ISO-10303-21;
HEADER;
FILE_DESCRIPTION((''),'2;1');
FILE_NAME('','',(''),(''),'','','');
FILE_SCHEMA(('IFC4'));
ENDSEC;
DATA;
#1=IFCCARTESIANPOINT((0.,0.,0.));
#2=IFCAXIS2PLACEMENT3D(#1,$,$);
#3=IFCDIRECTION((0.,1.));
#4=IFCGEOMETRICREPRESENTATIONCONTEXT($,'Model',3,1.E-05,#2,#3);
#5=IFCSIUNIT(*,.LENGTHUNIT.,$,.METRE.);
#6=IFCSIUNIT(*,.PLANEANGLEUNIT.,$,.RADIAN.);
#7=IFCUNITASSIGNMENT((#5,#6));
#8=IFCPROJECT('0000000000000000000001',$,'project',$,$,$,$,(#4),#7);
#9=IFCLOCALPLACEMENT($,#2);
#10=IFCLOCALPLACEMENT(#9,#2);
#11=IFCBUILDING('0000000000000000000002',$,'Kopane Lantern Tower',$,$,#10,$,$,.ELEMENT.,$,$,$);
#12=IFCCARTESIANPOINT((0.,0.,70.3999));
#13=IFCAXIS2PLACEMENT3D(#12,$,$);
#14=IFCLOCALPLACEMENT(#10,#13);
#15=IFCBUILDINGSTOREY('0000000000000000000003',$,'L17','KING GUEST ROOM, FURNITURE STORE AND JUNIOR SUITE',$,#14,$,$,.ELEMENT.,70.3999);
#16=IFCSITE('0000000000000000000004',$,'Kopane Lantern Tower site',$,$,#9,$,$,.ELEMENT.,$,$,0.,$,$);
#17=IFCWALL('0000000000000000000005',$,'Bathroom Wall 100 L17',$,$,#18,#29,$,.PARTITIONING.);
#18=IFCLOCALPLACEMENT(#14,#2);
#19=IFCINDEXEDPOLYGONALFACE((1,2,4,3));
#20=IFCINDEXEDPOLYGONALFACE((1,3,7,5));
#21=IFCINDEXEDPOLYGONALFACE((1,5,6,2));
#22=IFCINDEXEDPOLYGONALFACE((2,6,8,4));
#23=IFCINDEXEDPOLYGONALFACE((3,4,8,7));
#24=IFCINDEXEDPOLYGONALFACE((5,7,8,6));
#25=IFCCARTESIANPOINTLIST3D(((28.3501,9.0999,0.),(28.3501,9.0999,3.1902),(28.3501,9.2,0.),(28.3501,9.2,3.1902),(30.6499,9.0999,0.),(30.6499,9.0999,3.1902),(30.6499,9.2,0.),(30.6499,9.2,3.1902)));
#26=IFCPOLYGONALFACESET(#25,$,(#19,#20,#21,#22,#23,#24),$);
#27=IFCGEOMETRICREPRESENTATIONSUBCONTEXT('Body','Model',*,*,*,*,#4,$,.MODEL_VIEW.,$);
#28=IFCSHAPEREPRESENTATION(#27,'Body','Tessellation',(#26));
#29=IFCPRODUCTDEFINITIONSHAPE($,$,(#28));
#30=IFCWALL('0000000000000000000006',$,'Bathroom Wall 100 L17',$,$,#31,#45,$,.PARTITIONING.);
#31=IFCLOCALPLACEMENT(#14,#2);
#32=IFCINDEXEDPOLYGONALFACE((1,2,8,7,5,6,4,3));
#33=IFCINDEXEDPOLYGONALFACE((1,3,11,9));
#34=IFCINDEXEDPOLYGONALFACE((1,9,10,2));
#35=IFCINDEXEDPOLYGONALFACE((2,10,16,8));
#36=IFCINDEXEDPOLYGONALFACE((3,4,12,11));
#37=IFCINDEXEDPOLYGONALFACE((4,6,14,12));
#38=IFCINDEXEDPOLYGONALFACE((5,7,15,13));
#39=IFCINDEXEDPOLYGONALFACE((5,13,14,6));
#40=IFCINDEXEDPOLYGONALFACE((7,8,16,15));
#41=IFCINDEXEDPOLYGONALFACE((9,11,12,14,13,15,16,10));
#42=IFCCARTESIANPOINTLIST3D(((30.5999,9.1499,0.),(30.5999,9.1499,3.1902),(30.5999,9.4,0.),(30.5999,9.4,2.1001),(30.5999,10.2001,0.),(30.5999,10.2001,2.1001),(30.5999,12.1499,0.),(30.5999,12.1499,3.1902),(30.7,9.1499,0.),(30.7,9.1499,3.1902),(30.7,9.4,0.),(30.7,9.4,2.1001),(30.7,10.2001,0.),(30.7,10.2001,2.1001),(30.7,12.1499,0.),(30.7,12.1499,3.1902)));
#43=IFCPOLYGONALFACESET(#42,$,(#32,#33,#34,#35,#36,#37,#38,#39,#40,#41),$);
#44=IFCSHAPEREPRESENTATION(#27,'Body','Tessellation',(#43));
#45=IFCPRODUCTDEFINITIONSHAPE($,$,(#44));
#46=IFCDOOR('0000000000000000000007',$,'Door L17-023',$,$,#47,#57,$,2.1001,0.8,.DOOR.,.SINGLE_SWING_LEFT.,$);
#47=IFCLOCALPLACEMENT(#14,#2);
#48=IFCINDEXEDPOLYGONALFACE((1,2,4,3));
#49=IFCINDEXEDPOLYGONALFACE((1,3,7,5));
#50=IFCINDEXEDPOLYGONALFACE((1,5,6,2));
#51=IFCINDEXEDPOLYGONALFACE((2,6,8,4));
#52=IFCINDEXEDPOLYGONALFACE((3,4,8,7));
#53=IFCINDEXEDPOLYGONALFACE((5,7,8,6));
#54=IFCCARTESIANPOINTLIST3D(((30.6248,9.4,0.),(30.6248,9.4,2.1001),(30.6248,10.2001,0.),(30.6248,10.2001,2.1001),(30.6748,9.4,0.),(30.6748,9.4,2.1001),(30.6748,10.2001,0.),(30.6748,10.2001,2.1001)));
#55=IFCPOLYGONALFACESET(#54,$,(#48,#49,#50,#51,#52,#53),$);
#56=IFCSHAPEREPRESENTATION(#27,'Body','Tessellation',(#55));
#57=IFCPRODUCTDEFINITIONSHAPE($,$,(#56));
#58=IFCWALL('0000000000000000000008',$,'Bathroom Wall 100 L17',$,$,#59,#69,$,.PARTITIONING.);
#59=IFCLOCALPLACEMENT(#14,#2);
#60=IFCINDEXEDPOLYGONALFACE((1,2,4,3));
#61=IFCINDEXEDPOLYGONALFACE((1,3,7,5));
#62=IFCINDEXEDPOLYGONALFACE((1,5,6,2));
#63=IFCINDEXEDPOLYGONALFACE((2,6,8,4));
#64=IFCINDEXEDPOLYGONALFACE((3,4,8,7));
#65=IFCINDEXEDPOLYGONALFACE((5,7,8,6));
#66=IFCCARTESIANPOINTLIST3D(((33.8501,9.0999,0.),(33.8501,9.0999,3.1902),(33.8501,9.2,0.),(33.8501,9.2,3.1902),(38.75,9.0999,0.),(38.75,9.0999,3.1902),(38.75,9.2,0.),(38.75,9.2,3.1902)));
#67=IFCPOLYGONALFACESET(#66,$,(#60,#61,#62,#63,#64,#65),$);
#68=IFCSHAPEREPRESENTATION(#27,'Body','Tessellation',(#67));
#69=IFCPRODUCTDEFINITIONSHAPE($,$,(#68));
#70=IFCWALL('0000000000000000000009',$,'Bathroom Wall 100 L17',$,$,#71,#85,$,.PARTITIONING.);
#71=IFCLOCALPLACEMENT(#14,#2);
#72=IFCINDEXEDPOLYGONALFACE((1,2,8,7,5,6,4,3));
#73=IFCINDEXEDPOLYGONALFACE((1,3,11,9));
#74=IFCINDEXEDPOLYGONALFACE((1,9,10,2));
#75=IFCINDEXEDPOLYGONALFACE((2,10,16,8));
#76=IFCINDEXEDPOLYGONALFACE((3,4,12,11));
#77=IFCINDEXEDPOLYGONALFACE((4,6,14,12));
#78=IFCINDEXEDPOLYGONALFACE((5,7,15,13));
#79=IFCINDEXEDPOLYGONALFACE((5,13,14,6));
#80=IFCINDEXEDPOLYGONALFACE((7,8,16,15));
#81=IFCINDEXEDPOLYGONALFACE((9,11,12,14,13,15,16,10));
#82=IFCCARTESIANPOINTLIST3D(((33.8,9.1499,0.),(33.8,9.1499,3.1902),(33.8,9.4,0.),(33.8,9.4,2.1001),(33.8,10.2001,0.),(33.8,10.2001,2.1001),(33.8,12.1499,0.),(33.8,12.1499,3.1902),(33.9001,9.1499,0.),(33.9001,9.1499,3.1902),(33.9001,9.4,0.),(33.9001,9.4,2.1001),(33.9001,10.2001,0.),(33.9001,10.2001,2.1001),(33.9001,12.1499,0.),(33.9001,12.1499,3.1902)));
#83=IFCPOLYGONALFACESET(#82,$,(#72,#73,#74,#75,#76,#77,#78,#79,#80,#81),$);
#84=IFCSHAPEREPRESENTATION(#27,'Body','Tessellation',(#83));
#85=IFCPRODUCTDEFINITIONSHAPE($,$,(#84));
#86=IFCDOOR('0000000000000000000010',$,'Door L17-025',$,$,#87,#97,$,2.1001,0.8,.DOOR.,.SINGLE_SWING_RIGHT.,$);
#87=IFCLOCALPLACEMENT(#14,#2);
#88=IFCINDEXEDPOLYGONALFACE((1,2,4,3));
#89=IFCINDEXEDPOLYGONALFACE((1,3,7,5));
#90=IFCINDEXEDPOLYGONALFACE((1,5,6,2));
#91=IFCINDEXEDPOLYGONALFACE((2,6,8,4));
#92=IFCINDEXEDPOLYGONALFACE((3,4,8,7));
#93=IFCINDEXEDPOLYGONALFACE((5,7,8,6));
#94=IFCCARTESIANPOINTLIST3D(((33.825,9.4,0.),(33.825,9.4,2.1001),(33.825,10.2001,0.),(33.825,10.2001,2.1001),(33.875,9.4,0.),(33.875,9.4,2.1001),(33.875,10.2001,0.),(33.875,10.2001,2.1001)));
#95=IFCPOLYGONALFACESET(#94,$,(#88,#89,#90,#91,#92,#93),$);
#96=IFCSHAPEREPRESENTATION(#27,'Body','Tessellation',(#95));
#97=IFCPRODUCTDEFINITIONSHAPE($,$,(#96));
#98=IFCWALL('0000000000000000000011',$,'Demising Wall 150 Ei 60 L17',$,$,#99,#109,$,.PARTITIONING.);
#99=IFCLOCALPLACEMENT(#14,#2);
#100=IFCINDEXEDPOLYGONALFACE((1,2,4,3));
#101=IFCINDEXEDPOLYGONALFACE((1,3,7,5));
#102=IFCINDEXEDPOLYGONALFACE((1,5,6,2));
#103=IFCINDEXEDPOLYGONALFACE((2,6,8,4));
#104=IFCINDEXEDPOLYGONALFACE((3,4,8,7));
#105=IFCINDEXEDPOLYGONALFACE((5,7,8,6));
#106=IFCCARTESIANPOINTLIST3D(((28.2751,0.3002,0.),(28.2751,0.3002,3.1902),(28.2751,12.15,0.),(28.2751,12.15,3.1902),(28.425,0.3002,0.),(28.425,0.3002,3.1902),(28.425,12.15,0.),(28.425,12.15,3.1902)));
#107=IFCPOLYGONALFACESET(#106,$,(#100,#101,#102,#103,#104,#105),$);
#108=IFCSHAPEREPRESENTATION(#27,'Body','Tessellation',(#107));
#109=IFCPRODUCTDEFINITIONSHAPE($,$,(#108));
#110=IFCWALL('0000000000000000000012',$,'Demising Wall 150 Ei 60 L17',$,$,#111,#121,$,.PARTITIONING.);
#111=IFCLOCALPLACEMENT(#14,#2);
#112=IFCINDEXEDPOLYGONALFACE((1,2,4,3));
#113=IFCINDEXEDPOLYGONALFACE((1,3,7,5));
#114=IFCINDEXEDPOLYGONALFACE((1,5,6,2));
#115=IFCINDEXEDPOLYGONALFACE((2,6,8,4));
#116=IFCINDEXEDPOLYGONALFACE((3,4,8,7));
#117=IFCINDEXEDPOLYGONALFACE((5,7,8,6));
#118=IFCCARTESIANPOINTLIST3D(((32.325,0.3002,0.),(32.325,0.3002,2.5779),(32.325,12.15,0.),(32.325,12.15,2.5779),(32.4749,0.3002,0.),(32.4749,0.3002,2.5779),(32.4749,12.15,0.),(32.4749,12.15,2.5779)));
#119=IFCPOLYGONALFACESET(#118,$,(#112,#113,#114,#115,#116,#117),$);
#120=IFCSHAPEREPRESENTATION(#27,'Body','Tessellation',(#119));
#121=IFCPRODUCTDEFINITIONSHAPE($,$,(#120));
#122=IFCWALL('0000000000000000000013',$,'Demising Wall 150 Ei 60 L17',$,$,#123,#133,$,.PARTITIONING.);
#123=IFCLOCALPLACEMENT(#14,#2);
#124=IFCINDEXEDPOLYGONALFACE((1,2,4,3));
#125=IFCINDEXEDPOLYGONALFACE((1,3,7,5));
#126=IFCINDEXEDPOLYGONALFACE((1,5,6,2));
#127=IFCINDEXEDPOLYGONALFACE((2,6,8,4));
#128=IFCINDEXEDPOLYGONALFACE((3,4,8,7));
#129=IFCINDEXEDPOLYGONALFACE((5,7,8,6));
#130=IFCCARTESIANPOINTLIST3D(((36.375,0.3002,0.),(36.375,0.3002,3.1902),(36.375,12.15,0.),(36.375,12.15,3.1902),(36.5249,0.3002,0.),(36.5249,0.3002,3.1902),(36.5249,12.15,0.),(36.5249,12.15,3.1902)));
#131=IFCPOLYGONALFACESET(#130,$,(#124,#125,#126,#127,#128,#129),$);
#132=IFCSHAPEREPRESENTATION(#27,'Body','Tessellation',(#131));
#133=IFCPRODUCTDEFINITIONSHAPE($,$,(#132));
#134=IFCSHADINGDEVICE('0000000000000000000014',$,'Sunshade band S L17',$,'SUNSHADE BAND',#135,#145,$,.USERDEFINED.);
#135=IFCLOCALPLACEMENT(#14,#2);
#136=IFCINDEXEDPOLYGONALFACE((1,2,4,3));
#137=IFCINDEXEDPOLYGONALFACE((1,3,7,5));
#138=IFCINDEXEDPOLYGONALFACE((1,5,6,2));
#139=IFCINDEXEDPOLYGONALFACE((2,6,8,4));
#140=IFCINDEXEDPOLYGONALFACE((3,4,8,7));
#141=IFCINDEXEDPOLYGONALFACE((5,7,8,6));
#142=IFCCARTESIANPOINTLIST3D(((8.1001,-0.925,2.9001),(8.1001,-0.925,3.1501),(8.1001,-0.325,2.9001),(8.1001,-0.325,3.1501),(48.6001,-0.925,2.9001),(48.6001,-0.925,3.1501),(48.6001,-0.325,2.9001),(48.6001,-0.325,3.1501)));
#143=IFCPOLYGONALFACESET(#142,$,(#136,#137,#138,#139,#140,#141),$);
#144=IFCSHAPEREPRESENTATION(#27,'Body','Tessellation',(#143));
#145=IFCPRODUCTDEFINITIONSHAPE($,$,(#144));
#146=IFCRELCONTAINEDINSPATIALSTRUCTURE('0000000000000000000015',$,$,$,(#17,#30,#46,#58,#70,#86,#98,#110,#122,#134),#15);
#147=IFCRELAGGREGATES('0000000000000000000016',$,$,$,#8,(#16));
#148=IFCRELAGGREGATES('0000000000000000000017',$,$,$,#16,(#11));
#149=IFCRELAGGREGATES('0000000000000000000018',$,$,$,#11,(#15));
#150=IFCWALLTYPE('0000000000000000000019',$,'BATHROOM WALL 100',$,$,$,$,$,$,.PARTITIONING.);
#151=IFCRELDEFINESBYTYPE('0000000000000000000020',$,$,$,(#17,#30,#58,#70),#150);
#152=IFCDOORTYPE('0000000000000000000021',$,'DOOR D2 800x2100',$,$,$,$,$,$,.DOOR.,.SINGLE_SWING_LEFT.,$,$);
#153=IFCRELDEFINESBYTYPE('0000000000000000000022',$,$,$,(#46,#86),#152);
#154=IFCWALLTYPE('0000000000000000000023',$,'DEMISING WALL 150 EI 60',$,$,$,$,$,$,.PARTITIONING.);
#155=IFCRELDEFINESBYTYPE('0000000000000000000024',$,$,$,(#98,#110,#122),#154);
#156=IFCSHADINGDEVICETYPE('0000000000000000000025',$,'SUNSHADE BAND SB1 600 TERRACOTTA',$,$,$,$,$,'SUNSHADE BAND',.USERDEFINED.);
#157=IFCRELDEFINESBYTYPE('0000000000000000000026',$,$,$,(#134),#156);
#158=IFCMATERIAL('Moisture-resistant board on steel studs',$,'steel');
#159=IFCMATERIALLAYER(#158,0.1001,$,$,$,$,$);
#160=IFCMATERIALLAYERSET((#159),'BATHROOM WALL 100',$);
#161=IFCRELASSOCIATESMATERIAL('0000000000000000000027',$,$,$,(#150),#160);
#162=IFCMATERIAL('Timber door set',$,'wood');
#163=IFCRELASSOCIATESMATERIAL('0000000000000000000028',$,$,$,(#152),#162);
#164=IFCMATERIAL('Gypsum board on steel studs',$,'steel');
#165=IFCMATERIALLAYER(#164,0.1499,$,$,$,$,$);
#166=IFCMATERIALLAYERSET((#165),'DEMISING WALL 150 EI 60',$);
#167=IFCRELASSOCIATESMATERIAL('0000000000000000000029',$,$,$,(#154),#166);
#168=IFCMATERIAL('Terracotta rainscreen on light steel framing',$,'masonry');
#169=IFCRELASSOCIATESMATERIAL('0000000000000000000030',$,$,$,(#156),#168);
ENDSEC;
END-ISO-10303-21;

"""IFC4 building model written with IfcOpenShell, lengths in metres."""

from ifc_helpers import new_model, si_unit, direction, frame, frame_2d, origin, origin_2d, place, context, subcontext, project, spatial, rectangle, extrude, material, layer, layer_set, type_object, element, fill, save


model = new_model("IFC4")

# Units and contexts
model_context = context("Model", 3, precision=1e-05, world=origin(), true_north=direction((0.0, 1.0)))
body_context = subcontext(model_context, "Body", "Model", "MODEL_VIEW")
ifc_project = project(units=[si_unit("LENGTHUNIT", "METRE"), si_unit("PLANEANGLEUNIT", "RADIAN")], contexts=[model_context])

# Site, building, storey
site_placement = place(None, origin())
site = spatial("IfcSite", under=ifc_project, at=site_placement, Name="Kopane Lantern Tower site", CompositionType="ELEMENT", RefElevation=0.0)
building_placement = place(site_placement, origin())
building = spatial("IfcBuilding", under=site, at=building_placement, Name="Kopane Lantern Tower", CompositionType="ELEMENT")
storey_placement = place(building_placement, frame((0.0, 0.0, 70.3999)))
storey = spatial("IfcBuildingStorey", under=building, at=storey_placement, Name="L17", Description="KING GUEST ROOM, FURNITURE STORE AND JUNIOR SUITE", CompositionType="ELEMENT", Elevation=70.3999)

# Shared definitions
ifc_material_1 = material(Name="Moisture-resistant board on steel studs", Category="steel")
ifc_layer_1 = layer(ifc_material_1, 0.1001)
ifc_layer_set_1 = layer_set([ifc_layer_1], Name="BATHROOM WALL 100")
wall_type_1 = type_object("IfcWallType", Name="BATHROOM WALL 100", PredefinedType="PARTITIONING", material=ifc_layer_set_1)
ifc_material_2 = material(Name="Timber door set", Category="wood")
door_type_1 = type_object("IfcDoorType", Name="DOOR D2 800x2100", OperationType="SINGLE_SWING_LEFT", PredefinedType="DOOR", material=ifc_material_2)

# Wall
wall_1_placement = place(storey_placement, frame((28.3501, 9.1499, 0.0), z_axis=(0.0, 0.0, 1.0), x_axis=(1.0, 0.0, 0.0)))
element("IfcWall", 1, at=wall_1_placement, inside=storey, type_object=wall_type_1, Name="Bathroom Wall 100 L17", PredefinedType="PARTITIONING", context=body_context, shape_type="SweptSolid", body=[
    extrude(rectangle(XDim=2.2998, YDim=0.1001, at=frame_2d((1.1499, 0.0))), origin(), (0.0, 0.0, 1.0), 3.1902),
])

# Wall, opening, door
wall_2_placement = place(storey_placement, frame((30.6499, 12.1499, 0.0), z_axis=(0.0, 0.0, 1.0), x_axis=(0.0, -1.0, 0.0)))
wall_2 = element("IfcWall", 2, at=wall_2_placement, inside=storey, type_object=wall_type_1, Name="Bathroom Wall 100 L17", PredefinedType="PARTITIONING", context=body_context, shape_type="SweptSolid", body=[
    extrude(rectangle(XDim=3.0, YDim=0.1001, at=frame_2d((1.5, 0.0))), origin(), (0.0, 0.0, 1.0), 3.1902),
])
opening_1_placement = place(wall_2_placement, frame((1.95, 0.0, 0.0)))
opening_1 = element("IfcOpeningElement", 3, at=opening_1_placement, cuts=wall_2, PredefinedType="OPENING", context=body_context, shape_type="SweptSolid", body=[
    extrude(rectangle(XDim=0.8, YDim=2.1001, at=frame_2d((0.3999, 1.05))), frame((0.0, 0.0601, 0.0), z_axis=(0.0, -1.0, 0.0), x_axis=(1.0, 0.0, 0.0)), (0.0, 0.0, 1.0), 0.1201),
])
door_1_placement = place(opening_1_placement, origin())
door_1 = element("IfcDoor", 4, at=door_1_placement, inside=storey, type_object=door_type_1, Name="Door L17-023", OperationType="SINGLE_SWING_LEFT", OverallHeight=2.1001, OverallWidth=0.8, PredefinedType="DOOR", context=body_context, shape_type="SweptSolid", body=[
    extrude(rectangle(XDim=0.8, YDim=2.1001, at=frame_2d((0.3999, 1.05))), frame((0.0, 0.0249, 0.0), z_axis=(0.0, -1.0, 0.0), x_axis=(1.0, 0.0, 0.0)), (0.0, 0.0, 1.0), 0.05),
])
fill(opening_1, door_1)

# Wall
wall_3_placement = place(storey_placement, frame((33.8501, 9.1499, 0.0), z_axis=(0.0, 0.0, 1.0), x_axis=(1.0, 0.0, 0.0)))
element("IfcWall", 5, at=wall_3_placement, inside=storey, type_object=wall_type_1, Name="Bathroom Wall 100 L17", PredefinedType="PARTITIONING", context=body_context, shape_type="SweptSolid", body=[
    extrude(rectangle(XDim=4.8999, YDim=0.1001, at=frame_2d((2.45, 0.0))), origin(), (0.0, 0.0, 1.0), 3.1902),
])

# Wall, opening, door
wall_4_placement = place(storey_placement, frame((33.8501, 12.1499, 0.0), z_axis=(0.0, 0.0, 1.0), x_axis=(0.0, -1.0, 0.0)))
wall_4 = element("IfcWall", 6, at=wall_4_placement, inside=storey, type_object=wall_type_1, Name="Bathroom Wall 100 L17", PredefinedType="PARTITIONING", context=body_context, shape_type="SweptSolid", body=[
    extrude(rectangle(XDim=3.0, YDim=0.1001, at=frame_2d((1.5, 0.0))), origin(), (0.0, 0.0, 1.0), 3.1902),
])
opening_2_placement = place(wall_4_placement, frame((1.95, 0.0, 0.0)))
opening_2 = element("IfcOpeningElement", 7, at=opening_2_placement, cuts=wall_4, PredefinedType="OPENING", context=body_context, shape_type="SweptSolid", body=[
    extrude(rectangle(XDim=0.8, YDim=2.1001, at=frame_2d((0.3999, 1.05))), frame((0.0, 0.0601, 0.0), z_axis=(0.0, -1.0, 0.0), x_axis=(1.0, 0.0, 0.0)), (0.0, 0.0, 1.0), 0.1201),
])
door_2_placement = place(opening_2_placement, origin())
door_2 = element("IfcDoor", 8, at=door_2_placement, inside=storey, type_object=door_type_1, Name="Door L17-025", OperationType="SINGLE_SWING_RIGHT", OverallHeight=2.1001, OverallWidth=0.8, PredefinedType="DOOR", context=body_context, shape_type="SweptSolid", body=[
    extrude(rectangle(XDim=0.8, YDim=2.1001, at=frame_2d((0.3999, 1.05))), frame((0.0, 0.0249, 0.0), z_axis=(0.0, -1.0, 0.0), x_axis=(1.0, 0.0, 0.0)), (0.0, 0.0, 1.0), 0.05),
])
fill(opening_2, door_2)

# Walls
ifc_material_3 = material(Name="Gypsum board on steel studs", Category="steel")
ifc_layer_2 = layer(ifc_material_3, 0.1499)
ifc_layer_set_2 = layer_set([ifc_layer_2], Name="DEMISING WALL 150 EI 60")
wall_type_2 = type_object("IfcWallType", Name="DEMISING WALL 150 EI 60", PredefinedType="PARTITIONING", material=ifc_layer_set_2)
wall_5_placement = place(storey_placement, frame((28.3501, 12.1499, 0.0), z_axis=(0.0, 0.0, 1.0), x_axis=(0.0, -1.0, 0.0)))
element("IfcWall", 9, at=wall_5_placement, inside=storey, type_object=wall_type_2, Name="Demising Wall 150 Ei 60 L17", PredefinedType="PARTITIONING", context=body_context, shape_type="SweptSolid", body=[
    extrude(rectangle(XDim=11.8499, YDim=0.1499, at=frame_2d((5.9248, 0.0))), origin(), (0.0, 0.0, 1.0), 3.1902),
])
wall_6_placement = place(storey_placement, frame((32.3999, 12.1499, 0.0), z_axis=(0.0, 0.0, 1.0), x_axis=(0.0, -1.0, 0.0)))
element("IfcWall", 10, at=wall_6_placement, inside=storey, type_object=wall_type_2, Name="Demising Wall 150 Ei 60 L17", PredefinedType="PARTITIONING", context=body_context, shape_type="SweptSolid", body=[
    extrude(rectangle(XDim=11.8499, YDim=0.1499, at=frame_2d((5.9248, 0.0))), origin(), (0.0, 0.0, 1.0), 2.5779),
])
wall_7_placement = place(storey_placement, frame((36.45, 12.1499, 0.0), z_axis=(0.0, 0.0, 1.0), x_axis=(0.0, -1.0, 0.0)))
element("IfcWall", 11, at=wall_7_placement, inside=storey, type_object=wall_type_2, Name="Demising Wall 150 Ei 60 L17", PredefinedType="PARTITIONING", context=body_context, shape_type="SweptSolid", body=[
    extrude(rectangle(XDim=11.8499, YDim=0.1499, at=frame_2d((5.9248, 0.0))), origin(), (0.0, 0.0, 1.0), 3.1902),
])

# Shading device
ifc_material_4 = material(Name="Terracotta rainscreen on light steel framing", Category="masonry")
shading_device_type = type_object("IfcShadingDeviceType", Name="SUNSHADE BAND SB1 600 TERRACOTTA", ElementType="SUNSHADE BAND", PredefinedType="USERDEFINED", material=ifc_material_4)
shading_device_placement = place(storey_placement, frame((28.3501, -0.625, 2.9001), z_axis=(0.0, 0.0, 1.0), x_axis=(1.0, 0.0, 0.0)))
element("IfcShadingDevice", 12, at=shading_device_placement, inside=storey, type_object=shading_device_type, Name="Sunshade band S L17", ObjectType="SUNSHADE BAND", PredefinedType="USERDEFINED", context=body_context, shape_type="SweptSolid", body=[
    extrude(rectangle(XDim=40.5, YDim=0.6001, at=origin_2d()), origin(), (0.0, 0.0, 1.0), 0.25),
])

save(model, "model.ifc")
